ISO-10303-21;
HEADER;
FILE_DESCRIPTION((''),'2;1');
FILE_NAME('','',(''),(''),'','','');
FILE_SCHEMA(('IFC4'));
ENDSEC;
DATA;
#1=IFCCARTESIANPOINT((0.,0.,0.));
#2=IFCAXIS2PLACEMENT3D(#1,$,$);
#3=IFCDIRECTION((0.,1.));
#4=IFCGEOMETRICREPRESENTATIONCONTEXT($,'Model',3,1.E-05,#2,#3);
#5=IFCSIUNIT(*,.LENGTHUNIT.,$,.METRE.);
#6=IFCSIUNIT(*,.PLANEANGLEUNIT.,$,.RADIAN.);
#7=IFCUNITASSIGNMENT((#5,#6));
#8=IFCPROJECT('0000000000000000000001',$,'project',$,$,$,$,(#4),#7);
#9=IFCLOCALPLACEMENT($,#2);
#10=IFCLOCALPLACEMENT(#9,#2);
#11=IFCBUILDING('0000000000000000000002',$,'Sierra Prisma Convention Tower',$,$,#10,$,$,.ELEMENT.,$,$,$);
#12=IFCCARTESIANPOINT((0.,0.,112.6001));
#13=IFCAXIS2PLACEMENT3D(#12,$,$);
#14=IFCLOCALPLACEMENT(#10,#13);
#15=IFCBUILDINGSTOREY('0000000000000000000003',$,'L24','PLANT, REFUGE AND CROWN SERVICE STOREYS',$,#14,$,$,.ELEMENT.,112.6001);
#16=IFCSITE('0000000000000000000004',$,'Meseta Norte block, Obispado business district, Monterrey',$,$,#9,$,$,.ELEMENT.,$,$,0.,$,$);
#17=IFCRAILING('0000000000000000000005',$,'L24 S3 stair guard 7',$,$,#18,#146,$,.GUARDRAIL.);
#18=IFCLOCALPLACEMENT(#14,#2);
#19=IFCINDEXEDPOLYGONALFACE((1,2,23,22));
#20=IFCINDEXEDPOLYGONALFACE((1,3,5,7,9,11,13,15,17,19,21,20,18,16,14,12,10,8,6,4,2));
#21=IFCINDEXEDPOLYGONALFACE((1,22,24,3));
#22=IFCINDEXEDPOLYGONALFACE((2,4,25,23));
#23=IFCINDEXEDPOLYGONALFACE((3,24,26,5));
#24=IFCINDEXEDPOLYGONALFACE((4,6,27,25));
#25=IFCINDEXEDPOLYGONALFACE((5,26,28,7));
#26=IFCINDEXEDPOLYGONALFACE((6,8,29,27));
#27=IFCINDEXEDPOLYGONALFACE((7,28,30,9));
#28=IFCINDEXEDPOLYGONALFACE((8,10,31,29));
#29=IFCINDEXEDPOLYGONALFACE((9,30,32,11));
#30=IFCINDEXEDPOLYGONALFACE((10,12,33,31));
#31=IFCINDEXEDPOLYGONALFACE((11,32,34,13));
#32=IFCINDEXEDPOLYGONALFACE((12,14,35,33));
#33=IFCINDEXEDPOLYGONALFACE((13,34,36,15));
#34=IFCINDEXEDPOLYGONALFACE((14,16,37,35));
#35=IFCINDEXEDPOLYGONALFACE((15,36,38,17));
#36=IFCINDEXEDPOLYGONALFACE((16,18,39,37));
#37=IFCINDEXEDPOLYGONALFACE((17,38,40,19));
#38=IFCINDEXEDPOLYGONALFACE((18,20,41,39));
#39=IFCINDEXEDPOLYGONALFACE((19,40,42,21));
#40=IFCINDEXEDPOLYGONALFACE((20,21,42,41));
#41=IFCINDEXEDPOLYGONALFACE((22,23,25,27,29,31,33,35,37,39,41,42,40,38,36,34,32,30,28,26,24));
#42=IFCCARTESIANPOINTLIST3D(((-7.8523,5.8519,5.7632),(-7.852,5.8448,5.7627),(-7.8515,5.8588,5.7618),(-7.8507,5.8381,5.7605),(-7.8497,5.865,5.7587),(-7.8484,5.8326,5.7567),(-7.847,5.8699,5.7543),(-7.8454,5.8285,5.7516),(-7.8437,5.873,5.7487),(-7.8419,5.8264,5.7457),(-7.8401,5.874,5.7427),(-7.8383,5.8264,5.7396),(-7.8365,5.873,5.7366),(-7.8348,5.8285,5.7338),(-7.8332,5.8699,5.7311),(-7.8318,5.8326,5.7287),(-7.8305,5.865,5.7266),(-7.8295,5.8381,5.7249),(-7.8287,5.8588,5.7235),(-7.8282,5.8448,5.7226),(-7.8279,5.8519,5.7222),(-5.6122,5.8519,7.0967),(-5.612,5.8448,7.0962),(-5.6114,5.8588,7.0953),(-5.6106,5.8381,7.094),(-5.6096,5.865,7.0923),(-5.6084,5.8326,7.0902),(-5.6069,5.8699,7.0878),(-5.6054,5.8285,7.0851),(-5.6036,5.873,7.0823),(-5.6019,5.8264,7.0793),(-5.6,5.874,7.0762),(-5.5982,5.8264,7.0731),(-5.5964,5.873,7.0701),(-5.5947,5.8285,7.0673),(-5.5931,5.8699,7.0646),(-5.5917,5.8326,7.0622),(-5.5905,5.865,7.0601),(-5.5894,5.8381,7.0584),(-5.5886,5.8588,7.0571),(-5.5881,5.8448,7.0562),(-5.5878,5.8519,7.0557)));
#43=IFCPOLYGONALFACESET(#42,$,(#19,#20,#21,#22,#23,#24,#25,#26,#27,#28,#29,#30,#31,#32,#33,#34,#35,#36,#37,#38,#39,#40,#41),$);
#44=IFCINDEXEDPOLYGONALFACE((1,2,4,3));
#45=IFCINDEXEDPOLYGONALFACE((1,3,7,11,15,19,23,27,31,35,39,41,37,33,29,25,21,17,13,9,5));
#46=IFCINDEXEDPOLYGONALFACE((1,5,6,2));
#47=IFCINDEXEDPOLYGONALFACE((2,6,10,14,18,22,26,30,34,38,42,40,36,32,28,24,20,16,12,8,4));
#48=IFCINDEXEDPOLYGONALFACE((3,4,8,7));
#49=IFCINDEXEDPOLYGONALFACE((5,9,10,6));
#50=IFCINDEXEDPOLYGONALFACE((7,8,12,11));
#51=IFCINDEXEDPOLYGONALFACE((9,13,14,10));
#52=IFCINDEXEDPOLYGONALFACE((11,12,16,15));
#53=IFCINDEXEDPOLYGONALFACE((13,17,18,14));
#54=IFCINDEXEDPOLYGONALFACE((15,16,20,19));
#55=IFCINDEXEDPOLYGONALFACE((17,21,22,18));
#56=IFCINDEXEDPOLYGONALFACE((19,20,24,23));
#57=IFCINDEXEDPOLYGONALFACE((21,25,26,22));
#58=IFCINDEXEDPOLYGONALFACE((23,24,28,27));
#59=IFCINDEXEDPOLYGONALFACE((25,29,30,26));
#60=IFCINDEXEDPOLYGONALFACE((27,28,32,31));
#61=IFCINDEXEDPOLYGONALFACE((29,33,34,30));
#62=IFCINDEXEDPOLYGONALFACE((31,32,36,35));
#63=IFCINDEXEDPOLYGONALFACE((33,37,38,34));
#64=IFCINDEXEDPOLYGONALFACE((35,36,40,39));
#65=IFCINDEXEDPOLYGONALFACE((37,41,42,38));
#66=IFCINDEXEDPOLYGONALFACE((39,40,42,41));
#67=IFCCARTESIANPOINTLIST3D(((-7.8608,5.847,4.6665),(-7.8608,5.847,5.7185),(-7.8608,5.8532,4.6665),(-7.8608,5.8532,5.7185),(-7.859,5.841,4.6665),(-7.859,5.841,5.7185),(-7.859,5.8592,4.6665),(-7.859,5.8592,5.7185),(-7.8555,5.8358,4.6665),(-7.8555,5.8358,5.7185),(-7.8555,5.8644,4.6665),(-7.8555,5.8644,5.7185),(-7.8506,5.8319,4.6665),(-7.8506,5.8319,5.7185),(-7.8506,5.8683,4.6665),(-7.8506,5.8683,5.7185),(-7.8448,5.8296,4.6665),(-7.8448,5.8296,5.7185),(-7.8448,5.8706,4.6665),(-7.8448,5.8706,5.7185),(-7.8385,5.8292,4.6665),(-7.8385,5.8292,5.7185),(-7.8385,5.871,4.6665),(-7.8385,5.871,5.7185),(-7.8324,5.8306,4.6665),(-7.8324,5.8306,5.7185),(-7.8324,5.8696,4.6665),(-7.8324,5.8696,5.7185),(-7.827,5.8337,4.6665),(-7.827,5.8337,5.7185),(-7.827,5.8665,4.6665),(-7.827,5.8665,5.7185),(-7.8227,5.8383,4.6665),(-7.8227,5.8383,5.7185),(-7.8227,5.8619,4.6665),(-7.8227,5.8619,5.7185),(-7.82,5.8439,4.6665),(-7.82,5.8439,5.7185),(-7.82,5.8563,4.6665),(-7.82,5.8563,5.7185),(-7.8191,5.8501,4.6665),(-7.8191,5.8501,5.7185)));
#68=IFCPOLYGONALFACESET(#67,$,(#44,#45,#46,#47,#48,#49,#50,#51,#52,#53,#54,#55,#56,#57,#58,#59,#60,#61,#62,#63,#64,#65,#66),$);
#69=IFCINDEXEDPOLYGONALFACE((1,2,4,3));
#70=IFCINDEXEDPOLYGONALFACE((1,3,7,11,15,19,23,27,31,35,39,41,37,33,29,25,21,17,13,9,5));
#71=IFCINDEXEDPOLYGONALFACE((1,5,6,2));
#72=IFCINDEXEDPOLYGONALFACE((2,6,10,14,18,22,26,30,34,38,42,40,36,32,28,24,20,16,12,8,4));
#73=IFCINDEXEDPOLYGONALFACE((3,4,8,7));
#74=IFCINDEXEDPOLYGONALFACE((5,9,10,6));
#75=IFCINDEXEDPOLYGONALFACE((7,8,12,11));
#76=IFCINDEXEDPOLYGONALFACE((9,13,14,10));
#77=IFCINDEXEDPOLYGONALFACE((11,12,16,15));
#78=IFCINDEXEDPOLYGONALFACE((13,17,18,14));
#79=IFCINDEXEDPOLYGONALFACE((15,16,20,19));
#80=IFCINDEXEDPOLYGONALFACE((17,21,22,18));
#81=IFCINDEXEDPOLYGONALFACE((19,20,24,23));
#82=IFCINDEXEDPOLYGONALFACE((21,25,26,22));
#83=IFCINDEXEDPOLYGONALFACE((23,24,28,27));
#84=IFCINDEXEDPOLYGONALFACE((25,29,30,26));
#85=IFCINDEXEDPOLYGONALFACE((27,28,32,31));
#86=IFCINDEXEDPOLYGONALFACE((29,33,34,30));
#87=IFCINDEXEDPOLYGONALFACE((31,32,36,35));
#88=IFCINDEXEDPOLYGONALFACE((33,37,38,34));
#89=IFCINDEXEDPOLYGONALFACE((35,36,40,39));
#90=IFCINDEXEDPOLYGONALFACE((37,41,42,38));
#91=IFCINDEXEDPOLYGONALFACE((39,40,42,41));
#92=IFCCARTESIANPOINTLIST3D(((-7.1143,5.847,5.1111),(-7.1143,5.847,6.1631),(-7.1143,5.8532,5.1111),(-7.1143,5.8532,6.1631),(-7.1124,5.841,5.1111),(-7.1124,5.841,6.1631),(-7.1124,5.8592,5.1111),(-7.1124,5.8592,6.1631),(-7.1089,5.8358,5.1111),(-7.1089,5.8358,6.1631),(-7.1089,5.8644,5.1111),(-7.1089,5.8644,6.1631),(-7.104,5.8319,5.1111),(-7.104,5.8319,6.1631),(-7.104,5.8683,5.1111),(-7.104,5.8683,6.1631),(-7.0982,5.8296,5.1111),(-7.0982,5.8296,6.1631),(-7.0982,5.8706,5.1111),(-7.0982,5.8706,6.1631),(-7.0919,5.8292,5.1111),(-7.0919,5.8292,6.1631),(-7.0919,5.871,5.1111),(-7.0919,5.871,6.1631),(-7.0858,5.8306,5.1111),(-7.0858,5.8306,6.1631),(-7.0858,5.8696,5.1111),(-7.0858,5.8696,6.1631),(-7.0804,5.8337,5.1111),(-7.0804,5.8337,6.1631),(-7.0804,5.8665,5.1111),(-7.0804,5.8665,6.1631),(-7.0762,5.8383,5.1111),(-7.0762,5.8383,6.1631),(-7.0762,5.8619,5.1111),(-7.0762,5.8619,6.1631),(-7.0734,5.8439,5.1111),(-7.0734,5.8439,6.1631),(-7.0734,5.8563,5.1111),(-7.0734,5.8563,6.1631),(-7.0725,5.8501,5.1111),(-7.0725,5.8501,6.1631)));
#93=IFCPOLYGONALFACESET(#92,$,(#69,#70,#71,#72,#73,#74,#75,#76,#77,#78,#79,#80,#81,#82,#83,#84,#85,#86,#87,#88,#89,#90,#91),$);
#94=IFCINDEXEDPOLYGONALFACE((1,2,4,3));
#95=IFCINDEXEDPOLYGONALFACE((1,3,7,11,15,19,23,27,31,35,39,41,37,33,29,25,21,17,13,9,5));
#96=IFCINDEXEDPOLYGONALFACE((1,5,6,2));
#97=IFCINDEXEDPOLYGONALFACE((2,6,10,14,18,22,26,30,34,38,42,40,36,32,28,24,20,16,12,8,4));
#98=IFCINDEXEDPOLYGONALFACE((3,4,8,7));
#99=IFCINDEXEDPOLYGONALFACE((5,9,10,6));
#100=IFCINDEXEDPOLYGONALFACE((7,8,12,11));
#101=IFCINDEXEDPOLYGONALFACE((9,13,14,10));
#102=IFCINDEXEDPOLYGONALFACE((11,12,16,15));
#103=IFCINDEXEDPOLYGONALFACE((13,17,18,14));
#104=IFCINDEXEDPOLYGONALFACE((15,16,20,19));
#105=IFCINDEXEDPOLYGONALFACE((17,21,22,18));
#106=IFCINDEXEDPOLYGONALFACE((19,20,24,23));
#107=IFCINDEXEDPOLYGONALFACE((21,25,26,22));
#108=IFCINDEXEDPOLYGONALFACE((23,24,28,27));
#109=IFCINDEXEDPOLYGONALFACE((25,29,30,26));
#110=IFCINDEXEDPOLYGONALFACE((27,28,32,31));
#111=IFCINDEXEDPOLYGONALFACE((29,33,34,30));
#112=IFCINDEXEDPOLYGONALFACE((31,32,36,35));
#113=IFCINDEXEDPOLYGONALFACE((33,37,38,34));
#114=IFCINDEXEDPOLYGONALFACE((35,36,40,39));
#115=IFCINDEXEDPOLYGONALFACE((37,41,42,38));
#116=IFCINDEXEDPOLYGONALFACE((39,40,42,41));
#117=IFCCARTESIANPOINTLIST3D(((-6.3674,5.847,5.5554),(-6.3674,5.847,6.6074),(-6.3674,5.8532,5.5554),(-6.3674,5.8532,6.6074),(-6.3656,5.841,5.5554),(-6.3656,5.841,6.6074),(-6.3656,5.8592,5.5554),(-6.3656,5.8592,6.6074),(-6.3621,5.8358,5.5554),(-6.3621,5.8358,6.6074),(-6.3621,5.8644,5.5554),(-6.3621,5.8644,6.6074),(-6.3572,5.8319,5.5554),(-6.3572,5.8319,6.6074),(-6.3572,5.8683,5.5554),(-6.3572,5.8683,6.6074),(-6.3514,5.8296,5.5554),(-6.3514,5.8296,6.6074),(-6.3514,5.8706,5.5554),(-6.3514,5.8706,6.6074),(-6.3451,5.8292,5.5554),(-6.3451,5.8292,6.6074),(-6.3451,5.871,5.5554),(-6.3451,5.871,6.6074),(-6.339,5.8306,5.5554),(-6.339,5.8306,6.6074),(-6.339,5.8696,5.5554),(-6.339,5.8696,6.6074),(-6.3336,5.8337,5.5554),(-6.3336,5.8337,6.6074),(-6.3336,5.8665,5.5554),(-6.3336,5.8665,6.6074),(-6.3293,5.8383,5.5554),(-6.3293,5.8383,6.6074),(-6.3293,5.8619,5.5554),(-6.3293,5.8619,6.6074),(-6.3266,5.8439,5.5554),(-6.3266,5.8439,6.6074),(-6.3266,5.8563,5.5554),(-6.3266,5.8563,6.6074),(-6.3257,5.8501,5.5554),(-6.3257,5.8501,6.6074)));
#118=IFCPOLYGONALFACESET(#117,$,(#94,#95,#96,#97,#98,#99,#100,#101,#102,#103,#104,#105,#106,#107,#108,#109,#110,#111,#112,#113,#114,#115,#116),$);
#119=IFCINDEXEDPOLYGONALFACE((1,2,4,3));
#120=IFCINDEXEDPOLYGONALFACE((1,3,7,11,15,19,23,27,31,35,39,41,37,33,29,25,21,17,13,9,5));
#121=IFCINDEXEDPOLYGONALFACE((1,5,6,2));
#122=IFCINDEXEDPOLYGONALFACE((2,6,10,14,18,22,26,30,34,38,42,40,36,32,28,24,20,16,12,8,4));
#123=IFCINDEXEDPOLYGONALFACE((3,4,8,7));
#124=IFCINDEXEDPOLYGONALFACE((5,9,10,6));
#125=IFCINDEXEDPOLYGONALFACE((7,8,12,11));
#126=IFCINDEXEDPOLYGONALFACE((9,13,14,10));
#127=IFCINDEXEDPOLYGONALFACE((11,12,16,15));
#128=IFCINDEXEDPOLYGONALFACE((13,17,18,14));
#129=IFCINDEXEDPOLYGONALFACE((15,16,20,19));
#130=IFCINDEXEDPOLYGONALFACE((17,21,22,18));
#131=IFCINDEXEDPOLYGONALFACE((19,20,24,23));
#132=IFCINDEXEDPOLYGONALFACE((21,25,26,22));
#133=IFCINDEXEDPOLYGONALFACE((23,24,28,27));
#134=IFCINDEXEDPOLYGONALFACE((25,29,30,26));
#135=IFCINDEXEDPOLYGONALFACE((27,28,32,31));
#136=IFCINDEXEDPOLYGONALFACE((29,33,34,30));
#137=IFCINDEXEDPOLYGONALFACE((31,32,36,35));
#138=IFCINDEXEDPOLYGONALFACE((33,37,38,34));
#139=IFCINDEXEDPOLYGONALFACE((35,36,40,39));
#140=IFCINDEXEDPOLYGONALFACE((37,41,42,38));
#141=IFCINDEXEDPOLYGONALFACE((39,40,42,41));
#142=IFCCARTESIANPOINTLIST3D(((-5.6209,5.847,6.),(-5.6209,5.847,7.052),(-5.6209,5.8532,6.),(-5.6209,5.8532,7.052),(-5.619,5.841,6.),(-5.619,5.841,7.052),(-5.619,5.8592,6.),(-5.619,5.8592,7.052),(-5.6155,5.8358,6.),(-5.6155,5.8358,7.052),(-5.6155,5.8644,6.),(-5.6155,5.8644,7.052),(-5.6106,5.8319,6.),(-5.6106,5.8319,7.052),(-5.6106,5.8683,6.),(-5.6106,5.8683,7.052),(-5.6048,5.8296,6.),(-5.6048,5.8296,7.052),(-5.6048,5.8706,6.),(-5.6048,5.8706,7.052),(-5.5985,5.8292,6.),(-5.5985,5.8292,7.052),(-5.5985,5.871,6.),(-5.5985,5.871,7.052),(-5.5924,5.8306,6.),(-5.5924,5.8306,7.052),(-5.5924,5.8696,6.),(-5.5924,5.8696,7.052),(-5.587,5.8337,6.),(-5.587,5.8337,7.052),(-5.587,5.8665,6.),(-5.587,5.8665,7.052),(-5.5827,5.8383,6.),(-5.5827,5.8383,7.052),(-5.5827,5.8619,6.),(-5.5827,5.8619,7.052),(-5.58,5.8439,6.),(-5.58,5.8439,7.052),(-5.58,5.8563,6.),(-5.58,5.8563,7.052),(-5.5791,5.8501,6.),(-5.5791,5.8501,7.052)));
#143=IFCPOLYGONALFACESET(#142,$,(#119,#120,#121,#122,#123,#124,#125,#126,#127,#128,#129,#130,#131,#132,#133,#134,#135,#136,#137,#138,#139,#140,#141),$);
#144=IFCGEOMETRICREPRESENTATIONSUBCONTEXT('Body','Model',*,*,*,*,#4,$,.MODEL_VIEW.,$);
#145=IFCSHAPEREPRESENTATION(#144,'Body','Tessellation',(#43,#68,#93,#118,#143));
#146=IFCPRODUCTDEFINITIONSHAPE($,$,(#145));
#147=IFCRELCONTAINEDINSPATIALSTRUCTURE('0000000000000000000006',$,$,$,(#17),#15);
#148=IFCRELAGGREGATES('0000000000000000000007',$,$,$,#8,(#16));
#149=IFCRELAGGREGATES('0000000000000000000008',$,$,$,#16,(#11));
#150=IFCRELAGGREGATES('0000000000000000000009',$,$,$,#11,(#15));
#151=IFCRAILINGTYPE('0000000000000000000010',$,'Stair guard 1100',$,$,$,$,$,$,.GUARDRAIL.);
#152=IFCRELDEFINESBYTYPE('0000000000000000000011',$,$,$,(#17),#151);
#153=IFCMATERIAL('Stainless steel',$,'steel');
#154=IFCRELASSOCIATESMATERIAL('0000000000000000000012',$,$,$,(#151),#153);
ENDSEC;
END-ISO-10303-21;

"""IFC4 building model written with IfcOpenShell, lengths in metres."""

from ifc_helpers import new_model, si_unit, direction, frame, origin, origin_2d, place, context, subcontext, project, spatial, circle, extrude, material, type_object, element, save


model = new_model("IFC4")

# Units and contexts
model_context = context("Model", 3, precision=1e-05, world=origin(), true_north=direction((0.0, 1.0)))
body_context = subcontext(model_context, "Body", "Model", "MODEL_VIEW")
ifc_project = project(units=[si_unit("LENGTHUNIT", "METRE"), si_unit("PLANEANGLEUNIT", "RADIAN")], contexts=[model_context])

# Site, building, storey
site_placement = place(None, origin())
site = spatial("IfcSite", under=ifc_project, at=site_placement, Name="Meseta Norte block, Obispado business district, Monterrey", CompositionType="ELEMENT", RefElevation=0.0)
building_placement = place(site_placement, origin())
building = spatial("IfcBuilding", under=site, at=building_placement, Name="Sierra Prisma Convention Tower", CompositionType="ELEMENT")
storey_placement = place(building_placement, frame((0.0, 0.0, 112.6001)))
storey = spatial("IfcBuildingStorey", under=building, at=storey_placement, Name="L24", Description="PLANT, REFUGE AND CROWN SERVICE STOREYS", CompositionType="ELEMENT", Elevation=112.6001)

# Railing
ifc_material_1 = material(Name="Stainless steel", Category="steel")
railing_type_1 = type_object("IfcRailingType", Name="Stair guard 1100", PredefinedType="GUARDRAIL", material=ifc_material_1)
railing_1_placement = place(storey_placement, frame((-7.8401, 5.8501, 4.6665)))
element("IfcRailing", 1, at=railing_1_placement, inside=storey, type_object=railing_type_1, Name="L24 S3 stair guard 7", PredefinedType="GUARDRAIL", context=body_context, shape_type="SweptSolid", body=[
    extrude(circle(Radius=0.0239, at=origin_2d()), frame((0.0, 0.0, 1.0762), z_axis=(0.859264, 0.0, 0.511532), x_axis=(0.0, 1.0, 0.0)), (0.0, 0.0, 1.0), 2.6069),
    extrude(circle(Radius=0.021, at=origin_2d()), origin(), (0.0, 0.0, 1.0), 1.052),
    extrude(circle(Radius=0.021, at=origin_2d()), frame((0.7466, 0.0, 0.4446)), (0.0, 0.0, 1.0), 1.052),
    extrude(circle(Radius=0.021, at=origin_2d()), frame((1.4934, 0.0, 0.8889)), (0.0, 0.0, 1.0), 1.052),
    extrude(circle(Radius=0.021, at=origin_2d()), frame((2.24, 0.0, 1.3335)), (0.0, 0.0, 1.0), 1.052),
])

save(model, "model.ifc")
